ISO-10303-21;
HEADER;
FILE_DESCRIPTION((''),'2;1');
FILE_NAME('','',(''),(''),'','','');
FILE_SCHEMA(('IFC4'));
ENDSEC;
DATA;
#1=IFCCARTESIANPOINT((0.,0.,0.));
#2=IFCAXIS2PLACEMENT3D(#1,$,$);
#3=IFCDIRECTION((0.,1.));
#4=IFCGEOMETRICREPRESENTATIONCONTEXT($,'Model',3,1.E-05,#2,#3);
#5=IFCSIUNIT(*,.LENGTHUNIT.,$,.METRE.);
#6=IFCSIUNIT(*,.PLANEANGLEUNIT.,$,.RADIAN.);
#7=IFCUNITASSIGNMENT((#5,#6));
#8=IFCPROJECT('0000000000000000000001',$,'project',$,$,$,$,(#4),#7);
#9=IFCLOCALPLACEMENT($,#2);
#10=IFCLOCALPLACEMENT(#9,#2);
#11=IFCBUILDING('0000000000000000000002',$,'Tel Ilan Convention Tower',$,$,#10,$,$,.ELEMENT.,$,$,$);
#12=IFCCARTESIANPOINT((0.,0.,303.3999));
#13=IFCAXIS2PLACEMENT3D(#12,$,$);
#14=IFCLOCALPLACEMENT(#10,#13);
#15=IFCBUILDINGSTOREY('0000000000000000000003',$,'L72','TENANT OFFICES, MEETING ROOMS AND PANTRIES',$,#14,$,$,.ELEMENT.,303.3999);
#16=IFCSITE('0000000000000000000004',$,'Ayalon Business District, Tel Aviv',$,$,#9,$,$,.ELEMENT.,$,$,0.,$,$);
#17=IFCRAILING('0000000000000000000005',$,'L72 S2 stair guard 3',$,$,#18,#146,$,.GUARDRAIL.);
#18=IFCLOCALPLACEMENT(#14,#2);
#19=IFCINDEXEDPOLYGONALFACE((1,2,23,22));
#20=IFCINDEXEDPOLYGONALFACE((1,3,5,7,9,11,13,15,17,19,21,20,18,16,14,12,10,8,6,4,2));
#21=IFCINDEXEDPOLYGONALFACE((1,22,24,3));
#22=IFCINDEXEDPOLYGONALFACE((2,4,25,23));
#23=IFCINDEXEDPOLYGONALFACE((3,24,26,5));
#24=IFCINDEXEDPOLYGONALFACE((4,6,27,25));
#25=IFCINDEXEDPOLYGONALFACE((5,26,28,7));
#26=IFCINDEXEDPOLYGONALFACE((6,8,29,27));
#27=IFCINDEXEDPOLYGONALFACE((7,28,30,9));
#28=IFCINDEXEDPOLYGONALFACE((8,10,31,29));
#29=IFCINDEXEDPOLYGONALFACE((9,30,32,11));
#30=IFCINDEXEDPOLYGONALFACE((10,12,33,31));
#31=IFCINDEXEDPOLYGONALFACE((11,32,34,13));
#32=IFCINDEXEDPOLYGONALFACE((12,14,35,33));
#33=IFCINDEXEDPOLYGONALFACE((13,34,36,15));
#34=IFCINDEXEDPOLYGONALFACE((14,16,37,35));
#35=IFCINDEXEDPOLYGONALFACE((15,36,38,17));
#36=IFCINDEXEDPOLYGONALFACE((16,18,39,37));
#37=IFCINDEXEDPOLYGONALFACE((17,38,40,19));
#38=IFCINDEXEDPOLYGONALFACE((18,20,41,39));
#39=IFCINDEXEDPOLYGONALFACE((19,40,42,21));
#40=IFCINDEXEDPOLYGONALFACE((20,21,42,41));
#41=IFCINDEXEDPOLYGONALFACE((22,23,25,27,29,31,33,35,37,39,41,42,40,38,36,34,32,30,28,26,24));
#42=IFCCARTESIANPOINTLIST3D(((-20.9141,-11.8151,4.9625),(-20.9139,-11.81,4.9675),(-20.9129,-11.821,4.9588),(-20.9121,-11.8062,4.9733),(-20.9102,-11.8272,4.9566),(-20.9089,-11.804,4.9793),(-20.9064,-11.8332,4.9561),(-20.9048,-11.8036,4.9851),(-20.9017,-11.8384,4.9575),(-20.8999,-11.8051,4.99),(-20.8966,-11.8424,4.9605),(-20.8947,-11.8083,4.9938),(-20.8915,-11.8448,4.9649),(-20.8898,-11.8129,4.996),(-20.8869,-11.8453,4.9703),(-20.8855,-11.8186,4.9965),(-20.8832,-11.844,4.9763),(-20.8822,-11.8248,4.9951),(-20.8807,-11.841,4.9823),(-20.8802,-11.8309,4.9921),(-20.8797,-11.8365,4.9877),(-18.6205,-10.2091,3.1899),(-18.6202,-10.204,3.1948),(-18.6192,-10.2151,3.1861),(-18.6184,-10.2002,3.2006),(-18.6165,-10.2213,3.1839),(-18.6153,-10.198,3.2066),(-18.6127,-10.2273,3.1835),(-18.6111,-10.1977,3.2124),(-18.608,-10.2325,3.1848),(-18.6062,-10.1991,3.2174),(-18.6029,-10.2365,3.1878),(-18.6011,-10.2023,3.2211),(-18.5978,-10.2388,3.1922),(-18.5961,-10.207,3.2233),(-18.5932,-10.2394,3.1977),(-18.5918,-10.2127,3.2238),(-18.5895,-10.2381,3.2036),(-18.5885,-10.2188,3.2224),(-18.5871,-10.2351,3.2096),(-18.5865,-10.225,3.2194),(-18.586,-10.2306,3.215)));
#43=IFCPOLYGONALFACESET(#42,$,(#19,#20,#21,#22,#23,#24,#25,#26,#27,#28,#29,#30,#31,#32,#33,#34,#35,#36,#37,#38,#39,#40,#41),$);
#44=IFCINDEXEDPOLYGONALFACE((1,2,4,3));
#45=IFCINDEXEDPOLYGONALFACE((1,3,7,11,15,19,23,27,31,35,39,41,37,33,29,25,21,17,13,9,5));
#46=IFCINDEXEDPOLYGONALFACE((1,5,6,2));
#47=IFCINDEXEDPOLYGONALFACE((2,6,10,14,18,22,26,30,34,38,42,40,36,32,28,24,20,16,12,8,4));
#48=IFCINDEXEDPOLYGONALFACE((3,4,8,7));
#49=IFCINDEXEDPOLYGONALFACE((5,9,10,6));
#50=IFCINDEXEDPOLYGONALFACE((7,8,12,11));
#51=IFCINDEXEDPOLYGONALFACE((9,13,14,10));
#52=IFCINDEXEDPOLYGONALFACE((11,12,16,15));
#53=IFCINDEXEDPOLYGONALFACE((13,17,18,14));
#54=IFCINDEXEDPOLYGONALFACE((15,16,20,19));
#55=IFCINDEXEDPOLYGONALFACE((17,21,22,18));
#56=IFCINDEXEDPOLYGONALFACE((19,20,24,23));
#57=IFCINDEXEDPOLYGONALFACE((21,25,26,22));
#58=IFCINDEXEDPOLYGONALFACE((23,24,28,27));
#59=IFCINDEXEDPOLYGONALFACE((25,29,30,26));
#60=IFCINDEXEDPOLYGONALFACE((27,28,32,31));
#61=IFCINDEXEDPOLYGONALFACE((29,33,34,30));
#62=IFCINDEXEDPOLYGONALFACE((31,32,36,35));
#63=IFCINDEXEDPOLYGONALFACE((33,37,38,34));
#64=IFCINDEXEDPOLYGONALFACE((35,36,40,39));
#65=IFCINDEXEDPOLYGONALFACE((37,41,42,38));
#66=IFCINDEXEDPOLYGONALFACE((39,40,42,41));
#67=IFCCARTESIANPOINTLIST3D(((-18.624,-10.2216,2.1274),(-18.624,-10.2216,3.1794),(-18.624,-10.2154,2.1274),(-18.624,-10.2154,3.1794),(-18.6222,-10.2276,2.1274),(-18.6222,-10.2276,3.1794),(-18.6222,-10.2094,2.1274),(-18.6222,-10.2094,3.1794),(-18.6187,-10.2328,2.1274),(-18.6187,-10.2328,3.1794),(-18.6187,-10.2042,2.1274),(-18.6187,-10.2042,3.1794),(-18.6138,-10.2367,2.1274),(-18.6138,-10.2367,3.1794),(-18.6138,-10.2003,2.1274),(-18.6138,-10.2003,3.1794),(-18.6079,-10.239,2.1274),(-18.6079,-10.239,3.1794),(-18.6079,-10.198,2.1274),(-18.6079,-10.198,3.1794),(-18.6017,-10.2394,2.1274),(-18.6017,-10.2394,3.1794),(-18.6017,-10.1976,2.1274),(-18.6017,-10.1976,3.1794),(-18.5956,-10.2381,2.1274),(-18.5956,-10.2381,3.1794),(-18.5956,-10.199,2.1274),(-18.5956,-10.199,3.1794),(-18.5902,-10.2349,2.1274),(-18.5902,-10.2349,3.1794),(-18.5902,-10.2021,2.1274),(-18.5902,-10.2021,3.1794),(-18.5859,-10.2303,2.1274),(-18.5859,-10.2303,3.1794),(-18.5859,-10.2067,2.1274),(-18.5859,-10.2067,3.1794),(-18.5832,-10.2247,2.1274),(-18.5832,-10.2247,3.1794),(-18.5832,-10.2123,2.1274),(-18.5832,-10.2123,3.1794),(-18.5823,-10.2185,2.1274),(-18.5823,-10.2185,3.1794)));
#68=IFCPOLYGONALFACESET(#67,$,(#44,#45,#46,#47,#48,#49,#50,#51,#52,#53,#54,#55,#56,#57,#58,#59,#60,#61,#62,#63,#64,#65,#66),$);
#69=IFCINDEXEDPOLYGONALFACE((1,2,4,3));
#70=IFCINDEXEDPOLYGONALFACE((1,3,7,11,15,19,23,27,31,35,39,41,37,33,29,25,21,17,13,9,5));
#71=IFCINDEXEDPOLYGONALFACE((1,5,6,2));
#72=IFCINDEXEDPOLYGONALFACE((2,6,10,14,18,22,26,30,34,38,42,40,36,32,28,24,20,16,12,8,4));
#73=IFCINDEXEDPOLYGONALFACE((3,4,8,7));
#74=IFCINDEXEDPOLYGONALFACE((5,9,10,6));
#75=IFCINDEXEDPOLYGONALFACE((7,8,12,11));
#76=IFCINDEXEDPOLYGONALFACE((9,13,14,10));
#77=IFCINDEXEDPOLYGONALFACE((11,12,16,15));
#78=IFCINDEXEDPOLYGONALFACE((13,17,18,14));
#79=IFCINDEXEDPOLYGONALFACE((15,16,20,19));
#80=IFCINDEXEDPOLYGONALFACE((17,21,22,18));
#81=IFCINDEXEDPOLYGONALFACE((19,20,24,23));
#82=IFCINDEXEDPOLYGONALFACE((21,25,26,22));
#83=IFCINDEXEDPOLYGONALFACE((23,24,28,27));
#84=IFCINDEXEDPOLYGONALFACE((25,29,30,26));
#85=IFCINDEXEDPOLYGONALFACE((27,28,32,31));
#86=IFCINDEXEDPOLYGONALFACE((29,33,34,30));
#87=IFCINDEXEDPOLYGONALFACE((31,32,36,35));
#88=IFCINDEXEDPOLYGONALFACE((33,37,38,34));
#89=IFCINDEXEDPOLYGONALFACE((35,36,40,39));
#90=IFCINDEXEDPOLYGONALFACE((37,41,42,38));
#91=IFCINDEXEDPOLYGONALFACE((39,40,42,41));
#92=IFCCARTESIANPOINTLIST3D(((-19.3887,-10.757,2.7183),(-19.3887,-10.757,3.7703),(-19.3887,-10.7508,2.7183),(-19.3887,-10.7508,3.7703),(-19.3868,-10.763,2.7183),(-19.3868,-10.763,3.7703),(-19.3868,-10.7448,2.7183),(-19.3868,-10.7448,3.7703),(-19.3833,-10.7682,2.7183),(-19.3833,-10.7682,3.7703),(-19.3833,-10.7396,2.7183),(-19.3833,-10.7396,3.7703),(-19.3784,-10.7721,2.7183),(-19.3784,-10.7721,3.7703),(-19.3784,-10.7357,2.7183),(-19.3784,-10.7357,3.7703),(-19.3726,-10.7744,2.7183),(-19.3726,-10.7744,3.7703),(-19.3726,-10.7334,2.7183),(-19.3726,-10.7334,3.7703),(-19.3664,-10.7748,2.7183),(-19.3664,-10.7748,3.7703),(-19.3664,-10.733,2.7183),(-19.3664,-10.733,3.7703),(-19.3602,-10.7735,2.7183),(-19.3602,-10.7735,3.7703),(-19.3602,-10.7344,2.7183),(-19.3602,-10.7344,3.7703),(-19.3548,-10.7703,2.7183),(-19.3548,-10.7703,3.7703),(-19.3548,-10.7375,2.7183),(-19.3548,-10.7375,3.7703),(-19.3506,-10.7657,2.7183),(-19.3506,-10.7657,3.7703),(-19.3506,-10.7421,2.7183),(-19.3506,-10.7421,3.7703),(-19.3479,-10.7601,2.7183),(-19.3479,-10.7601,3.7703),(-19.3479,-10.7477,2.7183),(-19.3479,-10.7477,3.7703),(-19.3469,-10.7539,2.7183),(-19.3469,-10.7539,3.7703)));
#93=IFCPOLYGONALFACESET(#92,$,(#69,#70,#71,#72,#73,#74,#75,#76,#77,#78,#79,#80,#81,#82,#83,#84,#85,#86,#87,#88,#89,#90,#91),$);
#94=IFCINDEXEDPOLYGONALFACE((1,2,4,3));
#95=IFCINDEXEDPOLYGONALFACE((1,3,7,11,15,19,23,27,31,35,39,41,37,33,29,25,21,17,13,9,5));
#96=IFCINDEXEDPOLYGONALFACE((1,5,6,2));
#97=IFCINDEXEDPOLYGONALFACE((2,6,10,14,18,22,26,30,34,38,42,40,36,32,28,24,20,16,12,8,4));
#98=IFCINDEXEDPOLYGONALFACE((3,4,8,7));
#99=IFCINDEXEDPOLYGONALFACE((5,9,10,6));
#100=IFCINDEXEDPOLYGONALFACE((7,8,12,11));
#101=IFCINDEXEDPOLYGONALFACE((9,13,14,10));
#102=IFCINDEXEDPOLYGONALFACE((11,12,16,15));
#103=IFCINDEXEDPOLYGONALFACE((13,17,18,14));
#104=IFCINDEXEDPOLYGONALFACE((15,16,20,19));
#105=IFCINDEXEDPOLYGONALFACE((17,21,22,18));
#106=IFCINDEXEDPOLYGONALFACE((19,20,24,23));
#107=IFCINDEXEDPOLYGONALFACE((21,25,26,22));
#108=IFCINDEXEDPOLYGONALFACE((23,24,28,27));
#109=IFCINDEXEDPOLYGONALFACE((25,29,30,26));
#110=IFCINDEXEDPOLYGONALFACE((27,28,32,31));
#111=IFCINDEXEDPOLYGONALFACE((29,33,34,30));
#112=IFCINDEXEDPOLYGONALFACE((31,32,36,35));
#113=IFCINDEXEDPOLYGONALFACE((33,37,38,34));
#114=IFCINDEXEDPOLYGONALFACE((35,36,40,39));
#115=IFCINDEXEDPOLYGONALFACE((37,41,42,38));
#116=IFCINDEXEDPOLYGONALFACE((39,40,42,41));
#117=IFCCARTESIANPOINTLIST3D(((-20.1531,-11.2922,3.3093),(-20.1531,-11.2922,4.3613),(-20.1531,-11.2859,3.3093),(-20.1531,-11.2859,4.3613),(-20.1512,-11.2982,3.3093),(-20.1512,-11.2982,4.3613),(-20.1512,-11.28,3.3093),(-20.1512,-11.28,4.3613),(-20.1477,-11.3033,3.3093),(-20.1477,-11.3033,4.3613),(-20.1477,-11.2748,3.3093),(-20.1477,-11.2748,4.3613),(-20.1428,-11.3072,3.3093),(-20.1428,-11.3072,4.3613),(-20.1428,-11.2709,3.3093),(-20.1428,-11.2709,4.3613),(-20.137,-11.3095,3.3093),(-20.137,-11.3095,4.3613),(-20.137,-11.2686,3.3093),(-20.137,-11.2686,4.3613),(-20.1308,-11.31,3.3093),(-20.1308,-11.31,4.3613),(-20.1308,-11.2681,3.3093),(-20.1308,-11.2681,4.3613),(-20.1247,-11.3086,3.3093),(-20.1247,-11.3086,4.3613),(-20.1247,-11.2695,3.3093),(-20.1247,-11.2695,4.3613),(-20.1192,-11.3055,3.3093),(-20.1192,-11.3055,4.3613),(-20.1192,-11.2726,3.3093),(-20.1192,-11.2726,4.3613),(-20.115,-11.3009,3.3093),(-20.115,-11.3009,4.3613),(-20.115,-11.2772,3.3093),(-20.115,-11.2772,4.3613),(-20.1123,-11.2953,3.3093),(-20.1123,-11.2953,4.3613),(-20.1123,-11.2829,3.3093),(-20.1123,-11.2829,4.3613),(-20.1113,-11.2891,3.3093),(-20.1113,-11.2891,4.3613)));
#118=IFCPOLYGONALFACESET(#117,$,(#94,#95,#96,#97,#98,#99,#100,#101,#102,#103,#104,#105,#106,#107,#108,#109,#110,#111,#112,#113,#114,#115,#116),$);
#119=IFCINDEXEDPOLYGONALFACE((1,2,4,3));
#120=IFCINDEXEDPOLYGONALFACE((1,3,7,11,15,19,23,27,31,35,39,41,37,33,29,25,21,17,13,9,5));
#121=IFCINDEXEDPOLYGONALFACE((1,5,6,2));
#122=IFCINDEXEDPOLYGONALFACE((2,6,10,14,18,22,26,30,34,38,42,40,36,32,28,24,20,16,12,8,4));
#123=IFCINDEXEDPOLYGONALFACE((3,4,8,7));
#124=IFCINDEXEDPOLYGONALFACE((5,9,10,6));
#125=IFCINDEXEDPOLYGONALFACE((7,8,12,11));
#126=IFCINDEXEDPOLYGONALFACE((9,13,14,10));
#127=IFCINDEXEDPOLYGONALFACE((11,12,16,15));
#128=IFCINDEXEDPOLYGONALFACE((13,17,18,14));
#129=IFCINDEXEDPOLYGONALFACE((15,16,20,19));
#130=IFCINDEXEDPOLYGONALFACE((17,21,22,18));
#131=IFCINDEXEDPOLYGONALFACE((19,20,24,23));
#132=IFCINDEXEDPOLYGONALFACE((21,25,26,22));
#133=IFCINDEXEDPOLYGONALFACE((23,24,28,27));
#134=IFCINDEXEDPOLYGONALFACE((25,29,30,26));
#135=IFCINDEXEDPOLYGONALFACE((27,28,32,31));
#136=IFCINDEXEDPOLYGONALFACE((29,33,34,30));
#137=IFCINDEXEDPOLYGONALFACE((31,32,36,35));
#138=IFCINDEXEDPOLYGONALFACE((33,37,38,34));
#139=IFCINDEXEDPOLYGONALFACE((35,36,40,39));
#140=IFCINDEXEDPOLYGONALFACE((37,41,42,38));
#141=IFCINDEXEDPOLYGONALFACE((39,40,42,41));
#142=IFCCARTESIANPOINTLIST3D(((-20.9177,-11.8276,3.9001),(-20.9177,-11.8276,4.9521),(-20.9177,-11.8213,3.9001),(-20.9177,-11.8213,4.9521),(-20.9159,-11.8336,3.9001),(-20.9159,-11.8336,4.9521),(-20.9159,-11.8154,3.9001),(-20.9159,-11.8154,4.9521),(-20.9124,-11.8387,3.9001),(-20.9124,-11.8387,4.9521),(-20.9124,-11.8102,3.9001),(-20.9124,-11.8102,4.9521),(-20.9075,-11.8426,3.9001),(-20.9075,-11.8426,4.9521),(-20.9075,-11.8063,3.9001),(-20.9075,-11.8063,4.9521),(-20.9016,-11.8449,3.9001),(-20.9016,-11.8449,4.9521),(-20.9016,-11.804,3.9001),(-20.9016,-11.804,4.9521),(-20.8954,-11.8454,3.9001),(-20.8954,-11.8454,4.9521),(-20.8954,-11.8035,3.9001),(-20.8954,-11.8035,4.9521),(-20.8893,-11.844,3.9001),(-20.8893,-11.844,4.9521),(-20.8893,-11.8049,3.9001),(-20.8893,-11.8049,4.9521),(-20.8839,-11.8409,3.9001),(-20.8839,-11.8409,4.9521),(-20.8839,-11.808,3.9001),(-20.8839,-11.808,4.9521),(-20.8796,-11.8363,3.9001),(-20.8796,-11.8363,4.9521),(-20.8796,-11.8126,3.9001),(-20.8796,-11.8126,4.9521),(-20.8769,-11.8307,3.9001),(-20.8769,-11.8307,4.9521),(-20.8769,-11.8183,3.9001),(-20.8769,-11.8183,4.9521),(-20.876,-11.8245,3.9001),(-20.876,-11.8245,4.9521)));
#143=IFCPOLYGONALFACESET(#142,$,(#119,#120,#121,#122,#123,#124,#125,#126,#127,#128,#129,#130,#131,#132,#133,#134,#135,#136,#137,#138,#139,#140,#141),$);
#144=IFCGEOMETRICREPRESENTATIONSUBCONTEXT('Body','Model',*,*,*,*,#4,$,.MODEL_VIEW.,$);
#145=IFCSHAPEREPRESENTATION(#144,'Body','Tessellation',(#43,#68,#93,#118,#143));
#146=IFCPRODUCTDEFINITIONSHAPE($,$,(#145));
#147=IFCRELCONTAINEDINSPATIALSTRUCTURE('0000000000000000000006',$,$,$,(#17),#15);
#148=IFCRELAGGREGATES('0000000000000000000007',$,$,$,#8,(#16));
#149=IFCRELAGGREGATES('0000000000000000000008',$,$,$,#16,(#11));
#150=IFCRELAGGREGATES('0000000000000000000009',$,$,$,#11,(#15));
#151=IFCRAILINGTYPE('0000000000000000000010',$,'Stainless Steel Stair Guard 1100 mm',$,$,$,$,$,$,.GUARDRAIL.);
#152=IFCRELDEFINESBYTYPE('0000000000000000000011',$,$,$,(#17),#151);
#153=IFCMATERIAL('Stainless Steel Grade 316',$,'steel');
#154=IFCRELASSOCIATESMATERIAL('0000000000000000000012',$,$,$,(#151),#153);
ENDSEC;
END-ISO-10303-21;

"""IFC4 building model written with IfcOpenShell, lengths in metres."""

from ifc_helpers import new_model, si_unit, direction, frame, origin, origin_2d, place, context, subcontext, project, spatial, circle, extrude, material, type_object, element, save


model = new_model("IFC4")

# Units and contexts
model_context = context("Model", 3, precision=1e-05, world=origin(), true_north=direction((0.0, 1.0)))
body_context = subcontext(model_context, "Body", "Model", "MODEL_VIEW")
ifc_project = project(units=[si_unit("LENGTHUNIT", "METRE"), si_unit("PLANEANGLEUNIT", "RADIAN")], contexts=[model_context])

# Site, building, storey
site_placement = place(None, origin())
site = spatial("IfcSite", under=ifc_project, at=site_placement, Name="Ayalon Business District, Tel Aviv", CompositionType="ELEMENT", RefElevation=0.0)
building_placement = place(site_placement, origin())
building = spatial("IfcBuilding", under=site, at=building_placement, Name="Tel Ilan Convention Tower", CompositionType="ELEMENT")
storey_placement = place(building_placement, frame((0.0, 0.0, 303.3999)))
storey = spatial("IfcBuildingStorey", under=building, at=storey_placement, Name="L72", Description="TENANT OFFICES, MEETING ROOMS AND PANTRIES", CompositionType="ELEMENT", Elevation=303.3999)

# Railing
ifc_material_1 = material(Name="Stainless Steel Grade 316", Category="steel")
railing_type_1 = type_object("IfcRailingType", Name="Stainless Steel Stair Guard 1100 mm", PredefinedType="GUARDRAIL", material=ifc_material_1)
railing_1_placement = place(storey_placement, frame((-18.6033, -10.2185, 2.1274)))
element("IfcRailing", 1, at=railing_1_placement, inside=storey, type_object=railing_type_1, Name="L72 S2 stair guard 3", PredefinedType="GUARDRAIL", context=body_context, shape_type="SweptSolid", body=[
    extrude(circle(Radius=0.0239, at=origin_2d()), frame((0.0, 0.0, 1.0762), z_axis=(-0.692123, -0.484597, 0.534913), x_axis=(0.57355, -0.81917, 0.0)), (0.0, 0.0, 1.0), 3.314),
    extrude(circle(Radius=0.021, at=origin_2d()), origin(), (0.0, 0.0, 1.0), 1.052),
    extrude(circle(Radius=0.021, at=origin_2d()), frame((-0.7646, -0.5354, 0.5908)), (0.0, 0.0, 1.0), 1.052),
    extrude(circle(Radius=0.021, at=origin_2d()), frame((-1.5291, -1.0706, 1.1819)), (0.0, 0.0, 1.0), 1.052),
    extrude(circle(Radius=0.021, at=origin_2d()), frame((-2.2937, -1.606, 1.7727)), (0.0, 0.0, 1.0), 1.052),
])

save(model, "model.ifc")
